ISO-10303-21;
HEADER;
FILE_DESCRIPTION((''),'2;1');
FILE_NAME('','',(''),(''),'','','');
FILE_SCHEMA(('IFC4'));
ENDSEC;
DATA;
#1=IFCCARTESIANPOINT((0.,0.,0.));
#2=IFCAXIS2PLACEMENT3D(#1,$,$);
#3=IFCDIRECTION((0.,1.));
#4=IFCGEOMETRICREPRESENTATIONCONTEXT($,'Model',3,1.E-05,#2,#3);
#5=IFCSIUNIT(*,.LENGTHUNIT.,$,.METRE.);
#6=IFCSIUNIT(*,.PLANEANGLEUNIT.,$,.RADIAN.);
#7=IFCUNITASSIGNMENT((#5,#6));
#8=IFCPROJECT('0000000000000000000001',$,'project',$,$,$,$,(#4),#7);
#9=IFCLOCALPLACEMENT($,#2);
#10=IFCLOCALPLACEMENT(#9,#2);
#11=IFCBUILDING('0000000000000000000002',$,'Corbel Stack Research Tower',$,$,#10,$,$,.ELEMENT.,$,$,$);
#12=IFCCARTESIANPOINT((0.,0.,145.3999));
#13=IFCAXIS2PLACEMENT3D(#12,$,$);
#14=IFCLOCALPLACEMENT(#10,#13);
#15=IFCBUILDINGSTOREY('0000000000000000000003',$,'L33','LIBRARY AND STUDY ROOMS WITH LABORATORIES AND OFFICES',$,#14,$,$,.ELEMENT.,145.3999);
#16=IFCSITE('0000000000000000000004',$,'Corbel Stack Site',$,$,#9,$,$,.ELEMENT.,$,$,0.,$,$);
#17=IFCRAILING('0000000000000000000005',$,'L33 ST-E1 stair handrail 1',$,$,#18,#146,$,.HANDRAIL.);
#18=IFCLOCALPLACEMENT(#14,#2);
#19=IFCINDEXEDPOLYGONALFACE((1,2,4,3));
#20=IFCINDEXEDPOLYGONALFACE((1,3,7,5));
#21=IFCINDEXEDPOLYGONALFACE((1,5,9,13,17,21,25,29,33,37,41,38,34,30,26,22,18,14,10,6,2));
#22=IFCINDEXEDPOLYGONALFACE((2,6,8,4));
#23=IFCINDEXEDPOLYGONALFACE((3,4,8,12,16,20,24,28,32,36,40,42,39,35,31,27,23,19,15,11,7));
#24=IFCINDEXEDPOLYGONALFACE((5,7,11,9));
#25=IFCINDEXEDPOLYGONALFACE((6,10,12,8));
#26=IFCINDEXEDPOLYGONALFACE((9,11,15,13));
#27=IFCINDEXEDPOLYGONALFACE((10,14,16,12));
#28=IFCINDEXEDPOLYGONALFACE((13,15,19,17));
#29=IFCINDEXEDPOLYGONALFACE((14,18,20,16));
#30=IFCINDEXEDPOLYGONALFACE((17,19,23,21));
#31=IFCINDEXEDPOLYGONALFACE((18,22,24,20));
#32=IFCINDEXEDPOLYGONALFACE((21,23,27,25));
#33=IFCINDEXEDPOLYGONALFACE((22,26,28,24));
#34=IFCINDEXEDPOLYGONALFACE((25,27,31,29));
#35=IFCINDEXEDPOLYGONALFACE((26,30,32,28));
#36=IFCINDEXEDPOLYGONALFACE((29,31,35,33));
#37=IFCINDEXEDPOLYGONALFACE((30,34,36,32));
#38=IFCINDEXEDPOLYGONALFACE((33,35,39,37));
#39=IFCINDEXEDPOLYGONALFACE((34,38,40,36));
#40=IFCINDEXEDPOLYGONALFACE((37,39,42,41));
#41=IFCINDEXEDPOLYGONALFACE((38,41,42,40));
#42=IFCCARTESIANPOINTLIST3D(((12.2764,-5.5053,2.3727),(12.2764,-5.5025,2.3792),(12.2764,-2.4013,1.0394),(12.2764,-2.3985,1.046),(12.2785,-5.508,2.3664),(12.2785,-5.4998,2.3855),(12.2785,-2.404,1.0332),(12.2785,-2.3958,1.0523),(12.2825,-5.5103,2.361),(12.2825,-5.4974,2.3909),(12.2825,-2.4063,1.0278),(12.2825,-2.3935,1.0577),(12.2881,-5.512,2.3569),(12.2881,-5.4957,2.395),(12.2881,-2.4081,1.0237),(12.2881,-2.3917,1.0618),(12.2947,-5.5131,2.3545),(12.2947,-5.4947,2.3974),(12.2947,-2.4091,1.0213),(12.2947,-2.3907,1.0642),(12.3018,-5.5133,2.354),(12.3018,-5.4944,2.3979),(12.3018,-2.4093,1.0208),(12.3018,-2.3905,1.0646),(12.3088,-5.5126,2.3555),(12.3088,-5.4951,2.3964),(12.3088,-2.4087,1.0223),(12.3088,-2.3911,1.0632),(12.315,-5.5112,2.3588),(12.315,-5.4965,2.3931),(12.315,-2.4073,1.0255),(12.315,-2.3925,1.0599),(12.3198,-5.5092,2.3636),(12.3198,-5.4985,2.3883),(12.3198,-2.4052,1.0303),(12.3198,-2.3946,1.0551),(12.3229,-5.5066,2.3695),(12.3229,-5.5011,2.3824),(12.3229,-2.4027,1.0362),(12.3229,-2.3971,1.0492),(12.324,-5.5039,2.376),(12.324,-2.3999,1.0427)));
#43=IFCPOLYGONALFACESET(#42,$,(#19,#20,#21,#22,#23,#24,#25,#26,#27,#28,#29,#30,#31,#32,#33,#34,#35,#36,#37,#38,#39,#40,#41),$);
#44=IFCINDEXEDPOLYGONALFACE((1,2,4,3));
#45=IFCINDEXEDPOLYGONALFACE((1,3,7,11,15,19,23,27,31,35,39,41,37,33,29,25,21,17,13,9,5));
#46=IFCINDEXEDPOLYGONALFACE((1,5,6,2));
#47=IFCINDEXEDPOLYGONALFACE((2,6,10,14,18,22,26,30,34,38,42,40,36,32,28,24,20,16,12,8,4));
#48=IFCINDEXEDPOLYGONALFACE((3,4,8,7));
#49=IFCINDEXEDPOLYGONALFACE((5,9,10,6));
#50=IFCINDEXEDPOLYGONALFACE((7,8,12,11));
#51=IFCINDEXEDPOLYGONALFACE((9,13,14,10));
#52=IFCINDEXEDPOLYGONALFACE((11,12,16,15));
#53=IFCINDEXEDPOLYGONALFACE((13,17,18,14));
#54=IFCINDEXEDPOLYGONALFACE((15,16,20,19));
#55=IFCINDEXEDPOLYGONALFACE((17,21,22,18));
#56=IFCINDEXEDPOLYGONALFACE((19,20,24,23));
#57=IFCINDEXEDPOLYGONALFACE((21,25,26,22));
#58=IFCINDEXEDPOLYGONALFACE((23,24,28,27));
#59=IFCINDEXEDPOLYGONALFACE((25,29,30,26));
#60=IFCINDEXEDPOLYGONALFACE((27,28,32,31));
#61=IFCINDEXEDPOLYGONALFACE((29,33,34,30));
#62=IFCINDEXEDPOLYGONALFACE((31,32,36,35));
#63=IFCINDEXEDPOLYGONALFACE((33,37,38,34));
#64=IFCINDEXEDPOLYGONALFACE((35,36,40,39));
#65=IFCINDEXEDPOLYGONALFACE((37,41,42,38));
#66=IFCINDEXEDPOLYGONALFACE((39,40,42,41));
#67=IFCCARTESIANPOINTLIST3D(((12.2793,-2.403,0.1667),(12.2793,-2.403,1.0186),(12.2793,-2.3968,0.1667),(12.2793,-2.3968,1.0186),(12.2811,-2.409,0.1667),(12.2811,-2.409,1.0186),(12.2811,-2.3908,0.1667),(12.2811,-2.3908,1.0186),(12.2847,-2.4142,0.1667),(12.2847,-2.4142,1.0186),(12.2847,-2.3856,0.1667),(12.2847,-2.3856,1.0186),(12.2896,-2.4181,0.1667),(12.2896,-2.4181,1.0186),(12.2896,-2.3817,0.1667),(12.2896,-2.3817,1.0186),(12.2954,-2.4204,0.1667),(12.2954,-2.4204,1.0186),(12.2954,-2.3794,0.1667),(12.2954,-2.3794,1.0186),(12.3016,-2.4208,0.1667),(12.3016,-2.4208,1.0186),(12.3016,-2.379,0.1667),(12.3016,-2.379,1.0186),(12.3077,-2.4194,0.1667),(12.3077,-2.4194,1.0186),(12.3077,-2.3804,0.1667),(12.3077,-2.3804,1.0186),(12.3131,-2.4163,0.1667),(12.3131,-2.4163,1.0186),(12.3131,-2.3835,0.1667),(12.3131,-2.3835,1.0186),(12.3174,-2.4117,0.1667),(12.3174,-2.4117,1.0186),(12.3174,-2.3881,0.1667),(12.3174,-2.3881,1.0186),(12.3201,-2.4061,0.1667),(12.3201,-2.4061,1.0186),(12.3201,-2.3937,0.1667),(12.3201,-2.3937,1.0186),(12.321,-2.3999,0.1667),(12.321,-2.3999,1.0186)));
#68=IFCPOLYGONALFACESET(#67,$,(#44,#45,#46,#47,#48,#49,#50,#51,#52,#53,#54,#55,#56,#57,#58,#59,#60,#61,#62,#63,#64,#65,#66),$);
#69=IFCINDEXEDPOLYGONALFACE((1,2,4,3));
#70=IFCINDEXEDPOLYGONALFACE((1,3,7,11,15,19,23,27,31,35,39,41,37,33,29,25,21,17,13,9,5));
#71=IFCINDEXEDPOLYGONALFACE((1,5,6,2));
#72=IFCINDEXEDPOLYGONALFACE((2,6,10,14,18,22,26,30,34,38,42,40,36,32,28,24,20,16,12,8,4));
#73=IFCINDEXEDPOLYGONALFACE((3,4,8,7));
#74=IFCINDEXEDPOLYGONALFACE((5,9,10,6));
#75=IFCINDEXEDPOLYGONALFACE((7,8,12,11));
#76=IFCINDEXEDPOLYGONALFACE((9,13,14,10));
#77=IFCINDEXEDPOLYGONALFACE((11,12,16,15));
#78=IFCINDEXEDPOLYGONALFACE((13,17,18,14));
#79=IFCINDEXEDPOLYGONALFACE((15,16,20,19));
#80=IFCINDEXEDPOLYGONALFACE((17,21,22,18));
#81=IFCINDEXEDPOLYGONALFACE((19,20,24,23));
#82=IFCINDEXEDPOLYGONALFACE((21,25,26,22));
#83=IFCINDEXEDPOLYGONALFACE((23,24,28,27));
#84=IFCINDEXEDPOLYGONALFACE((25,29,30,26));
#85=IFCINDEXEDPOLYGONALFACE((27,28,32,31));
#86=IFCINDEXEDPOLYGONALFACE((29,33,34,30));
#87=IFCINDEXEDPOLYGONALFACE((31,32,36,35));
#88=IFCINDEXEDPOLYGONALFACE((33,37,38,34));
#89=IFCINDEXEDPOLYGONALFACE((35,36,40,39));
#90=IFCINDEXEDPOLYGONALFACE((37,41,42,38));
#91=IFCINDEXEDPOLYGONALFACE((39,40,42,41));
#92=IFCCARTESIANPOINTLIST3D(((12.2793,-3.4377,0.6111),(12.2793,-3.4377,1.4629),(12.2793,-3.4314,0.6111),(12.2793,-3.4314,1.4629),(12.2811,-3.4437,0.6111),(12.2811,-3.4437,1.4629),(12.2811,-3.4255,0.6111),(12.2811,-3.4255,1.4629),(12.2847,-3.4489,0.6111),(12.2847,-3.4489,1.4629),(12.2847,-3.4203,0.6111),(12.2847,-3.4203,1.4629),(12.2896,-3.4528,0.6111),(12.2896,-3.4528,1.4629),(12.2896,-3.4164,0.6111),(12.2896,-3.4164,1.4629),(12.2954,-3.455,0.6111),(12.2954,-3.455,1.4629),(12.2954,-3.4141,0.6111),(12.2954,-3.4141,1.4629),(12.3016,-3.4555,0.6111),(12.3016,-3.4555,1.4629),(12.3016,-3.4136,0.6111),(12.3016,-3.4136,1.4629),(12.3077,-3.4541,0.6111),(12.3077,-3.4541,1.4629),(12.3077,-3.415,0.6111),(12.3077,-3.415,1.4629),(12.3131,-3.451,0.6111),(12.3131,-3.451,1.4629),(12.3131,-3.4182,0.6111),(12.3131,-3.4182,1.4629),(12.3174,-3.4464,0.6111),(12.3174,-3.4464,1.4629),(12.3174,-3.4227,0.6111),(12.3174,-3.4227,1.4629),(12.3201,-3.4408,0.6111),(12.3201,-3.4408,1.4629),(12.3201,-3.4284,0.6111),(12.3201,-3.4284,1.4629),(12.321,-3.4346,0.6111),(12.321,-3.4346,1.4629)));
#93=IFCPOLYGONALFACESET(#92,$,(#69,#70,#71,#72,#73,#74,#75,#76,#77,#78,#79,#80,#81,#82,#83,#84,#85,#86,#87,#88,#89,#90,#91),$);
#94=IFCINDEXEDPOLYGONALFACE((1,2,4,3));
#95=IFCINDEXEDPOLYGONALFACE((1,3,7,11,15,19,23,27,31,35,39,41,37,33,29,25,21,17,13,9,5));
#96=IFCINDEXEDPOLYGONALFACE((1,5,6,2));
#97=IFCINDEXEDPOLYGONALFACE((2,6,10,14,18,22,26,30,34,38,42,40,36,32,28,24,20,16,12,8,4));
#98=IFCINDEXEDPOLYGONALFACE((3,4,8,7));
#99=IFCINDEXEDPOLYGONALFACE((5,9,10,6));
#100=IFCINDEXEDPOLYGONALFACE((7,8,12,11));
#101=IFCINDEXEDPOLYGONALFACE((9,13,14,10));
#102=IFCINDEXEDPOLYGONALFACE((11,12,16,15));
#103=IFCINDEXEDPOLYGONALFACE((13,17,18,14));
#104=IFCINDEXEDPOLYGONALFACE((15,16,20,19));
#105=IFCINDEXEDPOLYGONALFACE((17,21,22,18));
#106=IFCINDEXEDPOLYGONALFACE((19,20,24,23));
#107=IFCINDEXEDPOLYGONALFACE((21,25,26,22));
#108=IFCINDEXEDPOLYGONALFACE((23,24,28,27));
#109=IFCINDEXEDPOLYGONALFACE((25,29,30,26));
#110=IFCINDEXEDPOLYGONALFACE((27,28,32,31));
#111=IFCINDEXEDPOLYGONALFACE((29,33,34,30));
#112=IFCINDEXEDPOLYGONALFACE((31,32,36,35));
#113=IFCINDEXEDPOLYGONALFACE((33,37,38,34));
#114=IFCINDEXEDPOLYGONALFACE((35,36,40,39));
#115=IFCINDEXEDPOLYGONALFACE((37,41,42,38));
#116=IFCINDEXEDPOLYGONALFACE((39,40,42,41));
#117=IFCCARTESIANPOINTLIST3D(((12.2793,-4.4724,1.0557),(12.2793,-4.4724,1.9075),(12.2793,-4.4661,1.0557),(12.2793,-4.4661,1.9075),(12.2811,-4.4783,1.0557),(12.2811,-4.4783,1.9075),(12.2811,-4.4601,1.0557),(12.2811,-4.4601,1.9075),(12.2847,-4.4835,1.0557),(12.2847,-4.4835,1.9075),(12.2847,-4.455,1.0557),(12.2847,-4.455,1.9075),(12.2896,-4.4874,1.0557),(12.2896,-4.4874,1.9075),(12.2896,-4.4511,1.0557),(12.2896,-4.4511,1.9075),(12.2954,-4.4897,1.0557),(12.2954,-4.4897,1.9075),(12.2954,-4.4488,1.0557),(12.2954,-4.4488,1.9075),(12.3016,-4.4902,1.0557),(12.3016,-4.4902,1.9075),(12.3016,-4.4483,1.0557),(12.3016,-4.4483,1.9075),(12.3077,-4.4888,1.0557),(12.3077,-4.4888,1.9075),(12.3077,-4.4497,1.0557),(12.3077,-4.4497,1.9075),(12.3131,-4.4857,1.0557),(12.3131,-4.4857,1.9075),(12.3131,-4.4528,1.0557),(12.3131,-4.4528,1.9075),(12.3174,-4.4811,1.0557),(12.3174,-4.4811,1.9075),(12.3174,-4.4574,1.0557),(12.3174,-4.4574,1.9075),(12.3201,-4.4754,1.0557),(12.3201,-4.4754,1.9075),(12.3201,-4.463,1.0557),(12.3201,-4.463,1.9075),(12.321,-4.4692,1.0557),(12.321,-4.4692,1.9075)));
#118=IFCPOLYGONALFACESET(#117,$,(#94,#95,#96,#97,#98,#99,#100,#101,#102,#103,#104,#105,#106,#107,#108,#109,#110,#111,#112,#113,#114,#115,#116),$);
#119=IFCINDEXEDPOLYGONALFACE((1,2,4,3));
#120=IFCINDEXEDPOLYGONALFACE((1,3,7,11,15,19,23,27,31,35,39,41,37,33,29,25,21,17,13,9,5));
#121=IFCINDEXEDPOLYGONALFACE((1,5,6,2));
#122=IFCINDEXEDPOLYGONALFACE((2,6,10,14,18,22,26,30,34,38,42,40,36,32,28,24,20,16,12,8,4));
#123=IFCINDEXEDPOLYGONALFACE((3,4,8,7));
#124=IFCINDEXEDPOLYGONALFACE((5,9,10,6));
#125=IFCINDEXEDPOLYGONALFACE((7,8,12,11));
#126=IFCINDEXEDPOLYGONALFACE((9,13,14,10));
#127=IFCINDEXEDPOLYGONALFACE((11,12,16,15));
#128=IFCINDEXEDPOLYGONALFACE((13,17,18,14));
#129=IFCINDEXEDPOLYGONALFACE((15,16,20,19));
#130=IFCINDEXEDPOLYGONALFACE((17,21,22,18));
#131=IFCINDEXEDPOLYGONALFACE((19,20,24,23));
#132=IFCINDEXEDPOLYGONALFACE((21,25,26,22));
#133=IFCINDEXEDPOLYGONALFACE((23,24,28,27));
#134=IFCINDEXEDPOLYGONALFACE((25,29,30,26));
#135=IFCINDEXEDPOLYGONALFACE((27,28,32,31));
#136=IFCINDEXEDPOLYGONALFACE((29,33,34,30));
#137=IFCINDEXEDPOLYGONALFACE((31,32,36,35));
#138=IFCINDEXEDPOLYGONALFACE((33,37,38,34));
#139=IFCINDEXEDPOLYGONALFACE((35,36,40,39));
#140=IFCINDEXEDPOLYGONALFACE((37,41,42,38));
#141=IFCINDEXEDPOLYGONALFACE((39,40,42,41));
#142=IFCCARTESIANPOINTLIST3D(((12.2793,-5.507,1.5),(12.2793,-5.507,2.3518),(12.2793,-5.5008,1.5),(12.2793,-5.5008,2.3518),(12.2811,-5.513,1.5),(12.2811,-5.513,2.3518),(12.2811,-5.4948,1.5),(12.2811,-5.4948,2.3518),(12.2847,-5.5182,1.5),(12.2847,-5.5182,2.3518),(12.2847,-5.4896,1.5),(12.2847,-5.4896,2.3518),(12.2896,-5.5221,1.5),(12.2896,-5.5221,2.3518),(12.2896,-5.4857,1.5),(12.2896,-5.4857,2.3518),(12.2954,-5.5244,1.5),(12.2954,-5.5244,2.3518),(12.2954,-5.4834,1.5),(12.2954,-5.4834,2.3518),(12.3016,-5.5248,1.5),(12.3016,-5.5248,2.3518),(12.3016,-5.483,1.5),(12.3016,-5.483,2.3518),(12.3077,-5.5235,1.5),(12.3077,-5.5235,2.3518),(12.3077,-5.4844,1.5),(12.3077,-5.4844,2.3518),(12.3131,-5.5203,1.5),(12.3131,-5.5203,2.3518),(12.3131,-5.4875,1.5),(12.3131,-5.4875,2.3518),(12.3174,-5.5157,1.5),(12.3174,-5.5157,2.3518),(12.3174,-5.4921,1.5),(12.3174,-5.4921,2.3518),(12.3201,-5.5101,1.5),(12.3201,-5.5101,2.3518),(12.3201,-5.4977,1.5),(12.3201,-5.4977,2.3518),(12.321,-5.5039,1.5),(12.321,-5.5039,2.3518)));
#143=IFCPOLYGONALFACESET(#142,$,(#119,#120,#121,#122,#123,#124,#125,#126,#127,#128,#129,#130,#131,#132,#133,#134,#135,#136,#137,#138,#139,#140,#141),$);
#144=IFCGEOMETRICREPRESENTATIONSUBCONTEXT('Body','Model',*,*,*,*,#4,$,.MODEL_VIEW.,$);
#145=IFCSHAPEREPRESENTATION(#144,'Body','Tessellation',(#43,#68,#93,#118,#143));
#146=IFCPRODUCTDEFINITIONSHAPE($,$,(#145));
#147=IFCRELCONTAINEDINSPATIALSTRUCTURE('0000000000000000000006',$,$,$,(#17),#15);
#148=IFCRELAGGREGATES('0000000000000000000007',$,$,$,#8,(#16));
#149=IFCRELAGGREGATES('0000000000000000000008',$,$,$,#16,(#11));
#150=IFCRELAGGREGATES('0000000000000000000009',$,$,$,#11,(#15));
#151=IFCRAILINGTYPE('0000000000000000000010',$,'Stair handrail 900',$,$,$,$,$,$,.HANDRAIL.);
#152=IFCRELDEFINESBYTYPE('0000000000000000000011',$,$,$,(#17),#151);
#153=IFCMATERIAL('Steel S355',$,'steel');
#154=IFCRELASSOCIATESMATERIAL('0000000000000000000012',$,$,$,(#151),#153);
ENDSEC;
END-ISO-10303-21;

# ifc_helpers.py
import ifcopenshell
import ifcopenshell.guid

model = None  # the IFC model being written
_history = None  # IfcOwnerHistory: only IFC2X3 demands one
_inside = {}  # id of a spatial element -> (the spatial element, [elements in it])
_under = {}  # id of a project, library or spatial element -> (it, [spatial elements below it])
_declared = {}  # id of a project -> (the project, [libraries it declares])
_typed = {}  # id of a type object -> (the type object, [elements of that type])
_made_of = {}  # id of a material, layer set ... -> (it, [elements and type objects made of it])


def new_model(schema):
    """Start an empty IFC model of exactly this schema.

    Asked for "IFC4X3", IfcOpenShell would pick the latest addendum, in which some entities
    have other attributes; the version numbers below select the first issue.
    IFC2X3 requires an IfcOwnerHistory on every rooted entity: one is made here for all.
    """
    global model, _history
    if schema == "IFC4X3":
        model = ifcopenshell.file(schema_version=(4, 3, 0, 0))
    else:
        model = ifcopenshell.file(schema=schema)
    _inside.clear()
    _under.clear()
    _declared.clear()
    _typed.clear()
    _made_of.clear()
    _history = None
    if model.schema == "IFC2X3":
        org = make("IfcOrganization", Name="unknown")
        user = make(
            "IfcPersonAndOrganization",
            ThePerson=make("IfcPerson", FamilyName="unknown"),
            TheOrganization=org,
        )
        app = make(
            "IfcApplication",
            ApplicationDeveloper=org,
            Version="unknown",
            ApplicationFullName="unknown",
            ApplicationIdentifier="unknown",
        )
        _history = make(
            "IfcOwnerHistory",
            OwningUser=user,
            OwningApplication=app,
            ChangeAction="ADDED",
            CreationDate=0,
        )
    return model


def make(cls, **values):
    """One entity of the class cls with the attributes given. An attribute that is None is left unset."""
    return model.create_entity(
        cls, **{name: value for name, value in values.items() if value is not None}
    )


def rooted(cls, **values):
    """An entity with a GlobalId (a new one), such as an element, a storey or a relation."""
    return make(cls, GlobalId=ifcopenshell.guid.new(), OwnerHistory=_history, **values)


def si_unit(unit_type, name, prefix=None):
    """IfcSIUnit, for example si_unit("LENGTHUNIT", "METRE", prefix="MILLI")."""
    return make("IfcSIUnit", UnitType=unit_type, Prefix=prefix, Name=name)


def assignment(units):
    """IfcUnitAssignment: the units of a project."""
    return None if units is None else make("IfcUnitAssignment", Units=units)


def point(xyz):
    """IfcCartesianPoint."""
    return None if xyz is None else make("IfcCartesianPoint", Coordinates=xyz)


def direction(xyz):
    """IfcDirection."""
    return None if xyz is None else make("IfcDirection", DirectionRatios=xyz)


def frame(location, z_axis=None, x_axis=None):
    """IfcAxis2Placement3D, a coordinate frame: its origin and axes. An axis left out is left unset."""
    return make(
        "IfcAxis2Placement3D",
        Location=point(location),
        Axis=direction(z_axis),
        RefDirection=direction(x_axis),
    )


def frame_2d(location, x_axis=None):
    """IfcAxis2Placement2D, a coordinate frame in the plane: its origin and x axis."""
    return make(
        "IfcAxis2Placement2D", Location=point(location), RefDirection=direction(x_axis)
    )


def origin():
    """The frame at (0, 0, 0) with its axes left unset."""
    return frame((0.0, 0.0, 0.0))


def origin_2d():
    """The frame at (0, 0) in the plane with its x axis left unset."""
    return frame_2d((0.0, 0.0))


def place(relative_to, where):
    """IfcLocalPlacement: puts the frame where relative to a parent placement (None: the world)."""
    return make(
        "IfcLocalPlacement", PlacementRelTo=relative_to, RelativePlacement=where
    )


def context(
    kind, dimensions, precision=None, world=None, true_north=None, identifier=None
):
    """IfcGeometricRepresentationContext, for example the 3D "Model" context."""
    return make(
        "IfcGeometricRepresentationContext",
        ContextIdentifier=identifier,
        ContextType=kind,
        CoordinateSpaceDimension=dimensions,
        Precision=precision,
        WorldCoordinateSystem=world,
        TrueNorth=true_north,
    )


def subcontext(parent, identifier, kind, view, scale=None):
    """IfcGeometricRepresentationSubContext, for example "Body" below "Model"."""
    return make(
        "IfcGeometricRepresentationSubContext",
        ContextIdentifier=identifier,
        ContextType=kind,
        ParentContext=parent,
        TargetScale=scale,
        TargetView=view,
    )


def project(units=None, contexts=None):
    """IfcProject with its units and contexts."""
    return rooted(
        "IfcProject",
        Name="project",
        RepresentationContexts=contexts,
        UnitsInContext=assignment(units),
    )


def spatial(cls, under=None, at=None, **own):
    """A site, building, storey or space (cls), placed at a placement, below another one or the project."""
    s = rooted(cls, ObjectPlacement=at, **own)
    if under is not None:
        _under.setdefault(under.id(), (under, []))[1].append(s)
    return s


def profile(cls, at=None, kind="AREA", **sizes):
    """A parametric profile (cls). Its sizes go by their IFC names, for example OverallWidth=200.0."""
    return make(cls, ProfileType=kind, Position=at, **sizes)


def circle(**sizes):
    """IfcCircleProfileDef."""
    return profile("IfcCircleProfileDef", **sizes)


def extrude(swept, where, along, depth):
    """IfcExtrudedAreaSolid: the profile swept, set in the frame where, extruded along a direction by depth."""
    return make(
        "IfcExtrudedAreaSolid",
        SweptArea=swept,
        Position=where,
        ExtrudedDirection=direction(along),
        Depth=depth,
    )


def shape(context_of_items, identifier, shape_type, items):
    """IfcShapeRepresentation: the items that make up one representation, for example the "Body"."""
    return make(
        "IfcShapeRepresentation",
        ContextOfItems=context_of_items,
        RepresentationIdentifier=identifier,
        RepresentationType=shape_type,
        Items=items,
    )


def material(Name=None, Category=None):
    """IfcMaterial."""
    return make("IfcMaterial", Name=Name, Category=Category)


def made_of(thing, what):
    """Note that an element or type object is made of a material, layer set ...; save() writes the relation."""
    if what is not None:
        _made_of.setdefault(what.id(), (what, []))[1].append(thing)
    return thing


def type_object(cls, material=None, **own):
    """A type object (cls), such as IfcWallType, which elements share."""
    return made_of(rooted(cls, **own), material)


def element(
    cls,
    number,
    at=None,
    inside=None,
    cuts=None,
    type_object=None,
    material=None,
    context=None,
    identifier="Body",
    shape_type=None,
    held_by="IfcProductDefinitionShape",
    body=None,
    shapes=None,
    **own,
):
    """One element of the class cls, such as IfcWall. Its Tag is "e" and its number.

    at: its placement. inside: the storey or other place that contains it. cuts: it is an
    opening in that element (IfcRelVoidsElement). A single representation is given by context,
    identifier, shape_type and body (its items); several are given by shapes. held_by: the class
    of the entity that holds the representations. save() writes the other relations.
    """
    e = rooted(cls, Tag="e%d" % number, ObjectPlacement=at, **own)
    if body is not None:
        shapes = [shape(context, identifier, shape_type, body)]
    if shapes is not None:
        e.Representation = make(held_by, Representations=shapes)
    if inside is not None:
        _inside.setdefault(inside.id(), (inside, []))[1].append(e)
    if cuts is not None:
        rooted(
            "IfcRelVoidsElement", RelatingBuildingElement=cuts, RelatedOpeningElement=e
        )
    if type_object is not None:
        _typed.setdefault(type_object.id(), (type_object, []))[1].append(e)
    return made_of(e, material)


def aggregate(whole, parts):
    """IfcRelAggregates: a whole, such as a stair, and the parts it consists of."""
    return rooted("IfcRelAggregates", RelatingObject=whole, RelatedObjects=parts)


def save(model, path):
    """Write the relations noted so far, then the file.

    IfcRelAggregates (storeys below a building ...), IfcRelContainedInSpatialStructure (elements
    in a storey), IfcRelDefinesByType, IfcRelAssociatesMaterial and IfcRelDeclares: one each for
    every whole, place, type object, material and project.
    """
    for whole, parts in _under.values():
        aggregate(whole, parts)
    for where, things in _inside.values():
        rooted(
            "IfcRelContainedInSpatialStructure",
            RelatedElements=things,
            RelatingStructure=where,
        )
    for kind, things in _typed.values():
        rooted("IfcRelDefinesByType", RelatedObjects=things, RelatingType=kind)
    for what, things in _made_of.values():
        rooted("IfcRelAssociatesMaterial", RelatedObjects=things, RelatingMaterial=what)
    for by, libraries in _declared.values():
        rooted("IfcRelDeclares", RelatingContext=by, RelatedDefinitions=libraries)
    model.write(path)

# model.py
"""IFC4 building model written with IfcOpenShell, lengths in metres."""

from ifc_helpers import new_model, si_unit, direction, frame, origin, origin_2d, place, context, subcontext, project, spatial, circle, extrude, material, type_object, element, save


model = new_model("IFC4")

# Units and contexts
model_context = context("Model", 3, precision=1e-05, world=origin(), true_north=direction((0.0, 1.0)))
body_context = subcontext(model_context, "Body", "Model", "MODEL_VIEW")
ifc_project = project(units=[si_unit("LENGTHUNIT", "METRE"), si_unit("PLANEANGLEUNIT", "RADIAN")], contexts=[model_context])

# Site, building, storey
site_placement = place(None, origin())
site = spatial("IfcSite", under=ifc_project, at=site_placement, Name="Corbel Stack Site", CompositionType="ELEMENT", RefElevation=0.0)
building_placement = place(site_placement, origin())
building = spatial("IfcBuilding", under=site, at=building_placement, Name="Corbel Stack Research Tower", CompositionType="ELEMENT")
storey_placement = place(building_placement, frame((0.0, 0.0, 145.3999)))
storey = spatial("IfcBuildingStorey", under=building, at=storey_placement, Name="L33", Description="LIBRARY AND STUDY ROOMS WITH LABORATORIES AND OFFICES", CompositionType="ELEMENT", Elevation=145.3999)

# Railing
ifc_material_1 = material(Name="Steel S355", Category="steel")
railing_type_1 = type_object("IfcRailingType", Name="Stair handrail 900", PredefinedType="HANDRAIL", material=ifc_material_1)
for number, where, name in (
    (1, (12.3, -2.3999, 0.1667), "L33 ST-E1 stair handrail 1"),
):
    element("IfcRailing", number, at=place(storey_placement, frame(where)), inside=storey, type_object=railing_type_1, Name=name, PredefinedType="HANDRAIL", context=body_context, shape_type="SweptSolid", body=[
        extrude(circle(Radius=0.0239, at=origin_2d()), frame((0.0, 0.0, 0.876), z_axis=(0.0, -0.918827, 0.394661), x_axis=(1.0, 0.0, 0.0)), (0.0, 0.0, 1.0), 3.3782),
        extrude(circle(Radius=0.021, at=origin_2d()), origin(), (0.0, 0.0, 1.0), 0.8518),
        extrude(circle(Radius=0.021, at=origin_2d()), frame((0.0, -1.0347, 0.4443)), (0.0, 0.0, 1.0), 0.8518),
        extrude(circle(Radius=0.021, at=origin_2d()), frame((0.0, -2.0693, 0.8889)), (0.0, 0.0, 1.0), 0.8518),
        extrude(circle(Radius=0.021, at=origin_2d()), frame((0.0, -3.104, 1.3333)), (0.0, 0.0, 1.0), 0.8518),
    ])

save(model, "model.ifc")
